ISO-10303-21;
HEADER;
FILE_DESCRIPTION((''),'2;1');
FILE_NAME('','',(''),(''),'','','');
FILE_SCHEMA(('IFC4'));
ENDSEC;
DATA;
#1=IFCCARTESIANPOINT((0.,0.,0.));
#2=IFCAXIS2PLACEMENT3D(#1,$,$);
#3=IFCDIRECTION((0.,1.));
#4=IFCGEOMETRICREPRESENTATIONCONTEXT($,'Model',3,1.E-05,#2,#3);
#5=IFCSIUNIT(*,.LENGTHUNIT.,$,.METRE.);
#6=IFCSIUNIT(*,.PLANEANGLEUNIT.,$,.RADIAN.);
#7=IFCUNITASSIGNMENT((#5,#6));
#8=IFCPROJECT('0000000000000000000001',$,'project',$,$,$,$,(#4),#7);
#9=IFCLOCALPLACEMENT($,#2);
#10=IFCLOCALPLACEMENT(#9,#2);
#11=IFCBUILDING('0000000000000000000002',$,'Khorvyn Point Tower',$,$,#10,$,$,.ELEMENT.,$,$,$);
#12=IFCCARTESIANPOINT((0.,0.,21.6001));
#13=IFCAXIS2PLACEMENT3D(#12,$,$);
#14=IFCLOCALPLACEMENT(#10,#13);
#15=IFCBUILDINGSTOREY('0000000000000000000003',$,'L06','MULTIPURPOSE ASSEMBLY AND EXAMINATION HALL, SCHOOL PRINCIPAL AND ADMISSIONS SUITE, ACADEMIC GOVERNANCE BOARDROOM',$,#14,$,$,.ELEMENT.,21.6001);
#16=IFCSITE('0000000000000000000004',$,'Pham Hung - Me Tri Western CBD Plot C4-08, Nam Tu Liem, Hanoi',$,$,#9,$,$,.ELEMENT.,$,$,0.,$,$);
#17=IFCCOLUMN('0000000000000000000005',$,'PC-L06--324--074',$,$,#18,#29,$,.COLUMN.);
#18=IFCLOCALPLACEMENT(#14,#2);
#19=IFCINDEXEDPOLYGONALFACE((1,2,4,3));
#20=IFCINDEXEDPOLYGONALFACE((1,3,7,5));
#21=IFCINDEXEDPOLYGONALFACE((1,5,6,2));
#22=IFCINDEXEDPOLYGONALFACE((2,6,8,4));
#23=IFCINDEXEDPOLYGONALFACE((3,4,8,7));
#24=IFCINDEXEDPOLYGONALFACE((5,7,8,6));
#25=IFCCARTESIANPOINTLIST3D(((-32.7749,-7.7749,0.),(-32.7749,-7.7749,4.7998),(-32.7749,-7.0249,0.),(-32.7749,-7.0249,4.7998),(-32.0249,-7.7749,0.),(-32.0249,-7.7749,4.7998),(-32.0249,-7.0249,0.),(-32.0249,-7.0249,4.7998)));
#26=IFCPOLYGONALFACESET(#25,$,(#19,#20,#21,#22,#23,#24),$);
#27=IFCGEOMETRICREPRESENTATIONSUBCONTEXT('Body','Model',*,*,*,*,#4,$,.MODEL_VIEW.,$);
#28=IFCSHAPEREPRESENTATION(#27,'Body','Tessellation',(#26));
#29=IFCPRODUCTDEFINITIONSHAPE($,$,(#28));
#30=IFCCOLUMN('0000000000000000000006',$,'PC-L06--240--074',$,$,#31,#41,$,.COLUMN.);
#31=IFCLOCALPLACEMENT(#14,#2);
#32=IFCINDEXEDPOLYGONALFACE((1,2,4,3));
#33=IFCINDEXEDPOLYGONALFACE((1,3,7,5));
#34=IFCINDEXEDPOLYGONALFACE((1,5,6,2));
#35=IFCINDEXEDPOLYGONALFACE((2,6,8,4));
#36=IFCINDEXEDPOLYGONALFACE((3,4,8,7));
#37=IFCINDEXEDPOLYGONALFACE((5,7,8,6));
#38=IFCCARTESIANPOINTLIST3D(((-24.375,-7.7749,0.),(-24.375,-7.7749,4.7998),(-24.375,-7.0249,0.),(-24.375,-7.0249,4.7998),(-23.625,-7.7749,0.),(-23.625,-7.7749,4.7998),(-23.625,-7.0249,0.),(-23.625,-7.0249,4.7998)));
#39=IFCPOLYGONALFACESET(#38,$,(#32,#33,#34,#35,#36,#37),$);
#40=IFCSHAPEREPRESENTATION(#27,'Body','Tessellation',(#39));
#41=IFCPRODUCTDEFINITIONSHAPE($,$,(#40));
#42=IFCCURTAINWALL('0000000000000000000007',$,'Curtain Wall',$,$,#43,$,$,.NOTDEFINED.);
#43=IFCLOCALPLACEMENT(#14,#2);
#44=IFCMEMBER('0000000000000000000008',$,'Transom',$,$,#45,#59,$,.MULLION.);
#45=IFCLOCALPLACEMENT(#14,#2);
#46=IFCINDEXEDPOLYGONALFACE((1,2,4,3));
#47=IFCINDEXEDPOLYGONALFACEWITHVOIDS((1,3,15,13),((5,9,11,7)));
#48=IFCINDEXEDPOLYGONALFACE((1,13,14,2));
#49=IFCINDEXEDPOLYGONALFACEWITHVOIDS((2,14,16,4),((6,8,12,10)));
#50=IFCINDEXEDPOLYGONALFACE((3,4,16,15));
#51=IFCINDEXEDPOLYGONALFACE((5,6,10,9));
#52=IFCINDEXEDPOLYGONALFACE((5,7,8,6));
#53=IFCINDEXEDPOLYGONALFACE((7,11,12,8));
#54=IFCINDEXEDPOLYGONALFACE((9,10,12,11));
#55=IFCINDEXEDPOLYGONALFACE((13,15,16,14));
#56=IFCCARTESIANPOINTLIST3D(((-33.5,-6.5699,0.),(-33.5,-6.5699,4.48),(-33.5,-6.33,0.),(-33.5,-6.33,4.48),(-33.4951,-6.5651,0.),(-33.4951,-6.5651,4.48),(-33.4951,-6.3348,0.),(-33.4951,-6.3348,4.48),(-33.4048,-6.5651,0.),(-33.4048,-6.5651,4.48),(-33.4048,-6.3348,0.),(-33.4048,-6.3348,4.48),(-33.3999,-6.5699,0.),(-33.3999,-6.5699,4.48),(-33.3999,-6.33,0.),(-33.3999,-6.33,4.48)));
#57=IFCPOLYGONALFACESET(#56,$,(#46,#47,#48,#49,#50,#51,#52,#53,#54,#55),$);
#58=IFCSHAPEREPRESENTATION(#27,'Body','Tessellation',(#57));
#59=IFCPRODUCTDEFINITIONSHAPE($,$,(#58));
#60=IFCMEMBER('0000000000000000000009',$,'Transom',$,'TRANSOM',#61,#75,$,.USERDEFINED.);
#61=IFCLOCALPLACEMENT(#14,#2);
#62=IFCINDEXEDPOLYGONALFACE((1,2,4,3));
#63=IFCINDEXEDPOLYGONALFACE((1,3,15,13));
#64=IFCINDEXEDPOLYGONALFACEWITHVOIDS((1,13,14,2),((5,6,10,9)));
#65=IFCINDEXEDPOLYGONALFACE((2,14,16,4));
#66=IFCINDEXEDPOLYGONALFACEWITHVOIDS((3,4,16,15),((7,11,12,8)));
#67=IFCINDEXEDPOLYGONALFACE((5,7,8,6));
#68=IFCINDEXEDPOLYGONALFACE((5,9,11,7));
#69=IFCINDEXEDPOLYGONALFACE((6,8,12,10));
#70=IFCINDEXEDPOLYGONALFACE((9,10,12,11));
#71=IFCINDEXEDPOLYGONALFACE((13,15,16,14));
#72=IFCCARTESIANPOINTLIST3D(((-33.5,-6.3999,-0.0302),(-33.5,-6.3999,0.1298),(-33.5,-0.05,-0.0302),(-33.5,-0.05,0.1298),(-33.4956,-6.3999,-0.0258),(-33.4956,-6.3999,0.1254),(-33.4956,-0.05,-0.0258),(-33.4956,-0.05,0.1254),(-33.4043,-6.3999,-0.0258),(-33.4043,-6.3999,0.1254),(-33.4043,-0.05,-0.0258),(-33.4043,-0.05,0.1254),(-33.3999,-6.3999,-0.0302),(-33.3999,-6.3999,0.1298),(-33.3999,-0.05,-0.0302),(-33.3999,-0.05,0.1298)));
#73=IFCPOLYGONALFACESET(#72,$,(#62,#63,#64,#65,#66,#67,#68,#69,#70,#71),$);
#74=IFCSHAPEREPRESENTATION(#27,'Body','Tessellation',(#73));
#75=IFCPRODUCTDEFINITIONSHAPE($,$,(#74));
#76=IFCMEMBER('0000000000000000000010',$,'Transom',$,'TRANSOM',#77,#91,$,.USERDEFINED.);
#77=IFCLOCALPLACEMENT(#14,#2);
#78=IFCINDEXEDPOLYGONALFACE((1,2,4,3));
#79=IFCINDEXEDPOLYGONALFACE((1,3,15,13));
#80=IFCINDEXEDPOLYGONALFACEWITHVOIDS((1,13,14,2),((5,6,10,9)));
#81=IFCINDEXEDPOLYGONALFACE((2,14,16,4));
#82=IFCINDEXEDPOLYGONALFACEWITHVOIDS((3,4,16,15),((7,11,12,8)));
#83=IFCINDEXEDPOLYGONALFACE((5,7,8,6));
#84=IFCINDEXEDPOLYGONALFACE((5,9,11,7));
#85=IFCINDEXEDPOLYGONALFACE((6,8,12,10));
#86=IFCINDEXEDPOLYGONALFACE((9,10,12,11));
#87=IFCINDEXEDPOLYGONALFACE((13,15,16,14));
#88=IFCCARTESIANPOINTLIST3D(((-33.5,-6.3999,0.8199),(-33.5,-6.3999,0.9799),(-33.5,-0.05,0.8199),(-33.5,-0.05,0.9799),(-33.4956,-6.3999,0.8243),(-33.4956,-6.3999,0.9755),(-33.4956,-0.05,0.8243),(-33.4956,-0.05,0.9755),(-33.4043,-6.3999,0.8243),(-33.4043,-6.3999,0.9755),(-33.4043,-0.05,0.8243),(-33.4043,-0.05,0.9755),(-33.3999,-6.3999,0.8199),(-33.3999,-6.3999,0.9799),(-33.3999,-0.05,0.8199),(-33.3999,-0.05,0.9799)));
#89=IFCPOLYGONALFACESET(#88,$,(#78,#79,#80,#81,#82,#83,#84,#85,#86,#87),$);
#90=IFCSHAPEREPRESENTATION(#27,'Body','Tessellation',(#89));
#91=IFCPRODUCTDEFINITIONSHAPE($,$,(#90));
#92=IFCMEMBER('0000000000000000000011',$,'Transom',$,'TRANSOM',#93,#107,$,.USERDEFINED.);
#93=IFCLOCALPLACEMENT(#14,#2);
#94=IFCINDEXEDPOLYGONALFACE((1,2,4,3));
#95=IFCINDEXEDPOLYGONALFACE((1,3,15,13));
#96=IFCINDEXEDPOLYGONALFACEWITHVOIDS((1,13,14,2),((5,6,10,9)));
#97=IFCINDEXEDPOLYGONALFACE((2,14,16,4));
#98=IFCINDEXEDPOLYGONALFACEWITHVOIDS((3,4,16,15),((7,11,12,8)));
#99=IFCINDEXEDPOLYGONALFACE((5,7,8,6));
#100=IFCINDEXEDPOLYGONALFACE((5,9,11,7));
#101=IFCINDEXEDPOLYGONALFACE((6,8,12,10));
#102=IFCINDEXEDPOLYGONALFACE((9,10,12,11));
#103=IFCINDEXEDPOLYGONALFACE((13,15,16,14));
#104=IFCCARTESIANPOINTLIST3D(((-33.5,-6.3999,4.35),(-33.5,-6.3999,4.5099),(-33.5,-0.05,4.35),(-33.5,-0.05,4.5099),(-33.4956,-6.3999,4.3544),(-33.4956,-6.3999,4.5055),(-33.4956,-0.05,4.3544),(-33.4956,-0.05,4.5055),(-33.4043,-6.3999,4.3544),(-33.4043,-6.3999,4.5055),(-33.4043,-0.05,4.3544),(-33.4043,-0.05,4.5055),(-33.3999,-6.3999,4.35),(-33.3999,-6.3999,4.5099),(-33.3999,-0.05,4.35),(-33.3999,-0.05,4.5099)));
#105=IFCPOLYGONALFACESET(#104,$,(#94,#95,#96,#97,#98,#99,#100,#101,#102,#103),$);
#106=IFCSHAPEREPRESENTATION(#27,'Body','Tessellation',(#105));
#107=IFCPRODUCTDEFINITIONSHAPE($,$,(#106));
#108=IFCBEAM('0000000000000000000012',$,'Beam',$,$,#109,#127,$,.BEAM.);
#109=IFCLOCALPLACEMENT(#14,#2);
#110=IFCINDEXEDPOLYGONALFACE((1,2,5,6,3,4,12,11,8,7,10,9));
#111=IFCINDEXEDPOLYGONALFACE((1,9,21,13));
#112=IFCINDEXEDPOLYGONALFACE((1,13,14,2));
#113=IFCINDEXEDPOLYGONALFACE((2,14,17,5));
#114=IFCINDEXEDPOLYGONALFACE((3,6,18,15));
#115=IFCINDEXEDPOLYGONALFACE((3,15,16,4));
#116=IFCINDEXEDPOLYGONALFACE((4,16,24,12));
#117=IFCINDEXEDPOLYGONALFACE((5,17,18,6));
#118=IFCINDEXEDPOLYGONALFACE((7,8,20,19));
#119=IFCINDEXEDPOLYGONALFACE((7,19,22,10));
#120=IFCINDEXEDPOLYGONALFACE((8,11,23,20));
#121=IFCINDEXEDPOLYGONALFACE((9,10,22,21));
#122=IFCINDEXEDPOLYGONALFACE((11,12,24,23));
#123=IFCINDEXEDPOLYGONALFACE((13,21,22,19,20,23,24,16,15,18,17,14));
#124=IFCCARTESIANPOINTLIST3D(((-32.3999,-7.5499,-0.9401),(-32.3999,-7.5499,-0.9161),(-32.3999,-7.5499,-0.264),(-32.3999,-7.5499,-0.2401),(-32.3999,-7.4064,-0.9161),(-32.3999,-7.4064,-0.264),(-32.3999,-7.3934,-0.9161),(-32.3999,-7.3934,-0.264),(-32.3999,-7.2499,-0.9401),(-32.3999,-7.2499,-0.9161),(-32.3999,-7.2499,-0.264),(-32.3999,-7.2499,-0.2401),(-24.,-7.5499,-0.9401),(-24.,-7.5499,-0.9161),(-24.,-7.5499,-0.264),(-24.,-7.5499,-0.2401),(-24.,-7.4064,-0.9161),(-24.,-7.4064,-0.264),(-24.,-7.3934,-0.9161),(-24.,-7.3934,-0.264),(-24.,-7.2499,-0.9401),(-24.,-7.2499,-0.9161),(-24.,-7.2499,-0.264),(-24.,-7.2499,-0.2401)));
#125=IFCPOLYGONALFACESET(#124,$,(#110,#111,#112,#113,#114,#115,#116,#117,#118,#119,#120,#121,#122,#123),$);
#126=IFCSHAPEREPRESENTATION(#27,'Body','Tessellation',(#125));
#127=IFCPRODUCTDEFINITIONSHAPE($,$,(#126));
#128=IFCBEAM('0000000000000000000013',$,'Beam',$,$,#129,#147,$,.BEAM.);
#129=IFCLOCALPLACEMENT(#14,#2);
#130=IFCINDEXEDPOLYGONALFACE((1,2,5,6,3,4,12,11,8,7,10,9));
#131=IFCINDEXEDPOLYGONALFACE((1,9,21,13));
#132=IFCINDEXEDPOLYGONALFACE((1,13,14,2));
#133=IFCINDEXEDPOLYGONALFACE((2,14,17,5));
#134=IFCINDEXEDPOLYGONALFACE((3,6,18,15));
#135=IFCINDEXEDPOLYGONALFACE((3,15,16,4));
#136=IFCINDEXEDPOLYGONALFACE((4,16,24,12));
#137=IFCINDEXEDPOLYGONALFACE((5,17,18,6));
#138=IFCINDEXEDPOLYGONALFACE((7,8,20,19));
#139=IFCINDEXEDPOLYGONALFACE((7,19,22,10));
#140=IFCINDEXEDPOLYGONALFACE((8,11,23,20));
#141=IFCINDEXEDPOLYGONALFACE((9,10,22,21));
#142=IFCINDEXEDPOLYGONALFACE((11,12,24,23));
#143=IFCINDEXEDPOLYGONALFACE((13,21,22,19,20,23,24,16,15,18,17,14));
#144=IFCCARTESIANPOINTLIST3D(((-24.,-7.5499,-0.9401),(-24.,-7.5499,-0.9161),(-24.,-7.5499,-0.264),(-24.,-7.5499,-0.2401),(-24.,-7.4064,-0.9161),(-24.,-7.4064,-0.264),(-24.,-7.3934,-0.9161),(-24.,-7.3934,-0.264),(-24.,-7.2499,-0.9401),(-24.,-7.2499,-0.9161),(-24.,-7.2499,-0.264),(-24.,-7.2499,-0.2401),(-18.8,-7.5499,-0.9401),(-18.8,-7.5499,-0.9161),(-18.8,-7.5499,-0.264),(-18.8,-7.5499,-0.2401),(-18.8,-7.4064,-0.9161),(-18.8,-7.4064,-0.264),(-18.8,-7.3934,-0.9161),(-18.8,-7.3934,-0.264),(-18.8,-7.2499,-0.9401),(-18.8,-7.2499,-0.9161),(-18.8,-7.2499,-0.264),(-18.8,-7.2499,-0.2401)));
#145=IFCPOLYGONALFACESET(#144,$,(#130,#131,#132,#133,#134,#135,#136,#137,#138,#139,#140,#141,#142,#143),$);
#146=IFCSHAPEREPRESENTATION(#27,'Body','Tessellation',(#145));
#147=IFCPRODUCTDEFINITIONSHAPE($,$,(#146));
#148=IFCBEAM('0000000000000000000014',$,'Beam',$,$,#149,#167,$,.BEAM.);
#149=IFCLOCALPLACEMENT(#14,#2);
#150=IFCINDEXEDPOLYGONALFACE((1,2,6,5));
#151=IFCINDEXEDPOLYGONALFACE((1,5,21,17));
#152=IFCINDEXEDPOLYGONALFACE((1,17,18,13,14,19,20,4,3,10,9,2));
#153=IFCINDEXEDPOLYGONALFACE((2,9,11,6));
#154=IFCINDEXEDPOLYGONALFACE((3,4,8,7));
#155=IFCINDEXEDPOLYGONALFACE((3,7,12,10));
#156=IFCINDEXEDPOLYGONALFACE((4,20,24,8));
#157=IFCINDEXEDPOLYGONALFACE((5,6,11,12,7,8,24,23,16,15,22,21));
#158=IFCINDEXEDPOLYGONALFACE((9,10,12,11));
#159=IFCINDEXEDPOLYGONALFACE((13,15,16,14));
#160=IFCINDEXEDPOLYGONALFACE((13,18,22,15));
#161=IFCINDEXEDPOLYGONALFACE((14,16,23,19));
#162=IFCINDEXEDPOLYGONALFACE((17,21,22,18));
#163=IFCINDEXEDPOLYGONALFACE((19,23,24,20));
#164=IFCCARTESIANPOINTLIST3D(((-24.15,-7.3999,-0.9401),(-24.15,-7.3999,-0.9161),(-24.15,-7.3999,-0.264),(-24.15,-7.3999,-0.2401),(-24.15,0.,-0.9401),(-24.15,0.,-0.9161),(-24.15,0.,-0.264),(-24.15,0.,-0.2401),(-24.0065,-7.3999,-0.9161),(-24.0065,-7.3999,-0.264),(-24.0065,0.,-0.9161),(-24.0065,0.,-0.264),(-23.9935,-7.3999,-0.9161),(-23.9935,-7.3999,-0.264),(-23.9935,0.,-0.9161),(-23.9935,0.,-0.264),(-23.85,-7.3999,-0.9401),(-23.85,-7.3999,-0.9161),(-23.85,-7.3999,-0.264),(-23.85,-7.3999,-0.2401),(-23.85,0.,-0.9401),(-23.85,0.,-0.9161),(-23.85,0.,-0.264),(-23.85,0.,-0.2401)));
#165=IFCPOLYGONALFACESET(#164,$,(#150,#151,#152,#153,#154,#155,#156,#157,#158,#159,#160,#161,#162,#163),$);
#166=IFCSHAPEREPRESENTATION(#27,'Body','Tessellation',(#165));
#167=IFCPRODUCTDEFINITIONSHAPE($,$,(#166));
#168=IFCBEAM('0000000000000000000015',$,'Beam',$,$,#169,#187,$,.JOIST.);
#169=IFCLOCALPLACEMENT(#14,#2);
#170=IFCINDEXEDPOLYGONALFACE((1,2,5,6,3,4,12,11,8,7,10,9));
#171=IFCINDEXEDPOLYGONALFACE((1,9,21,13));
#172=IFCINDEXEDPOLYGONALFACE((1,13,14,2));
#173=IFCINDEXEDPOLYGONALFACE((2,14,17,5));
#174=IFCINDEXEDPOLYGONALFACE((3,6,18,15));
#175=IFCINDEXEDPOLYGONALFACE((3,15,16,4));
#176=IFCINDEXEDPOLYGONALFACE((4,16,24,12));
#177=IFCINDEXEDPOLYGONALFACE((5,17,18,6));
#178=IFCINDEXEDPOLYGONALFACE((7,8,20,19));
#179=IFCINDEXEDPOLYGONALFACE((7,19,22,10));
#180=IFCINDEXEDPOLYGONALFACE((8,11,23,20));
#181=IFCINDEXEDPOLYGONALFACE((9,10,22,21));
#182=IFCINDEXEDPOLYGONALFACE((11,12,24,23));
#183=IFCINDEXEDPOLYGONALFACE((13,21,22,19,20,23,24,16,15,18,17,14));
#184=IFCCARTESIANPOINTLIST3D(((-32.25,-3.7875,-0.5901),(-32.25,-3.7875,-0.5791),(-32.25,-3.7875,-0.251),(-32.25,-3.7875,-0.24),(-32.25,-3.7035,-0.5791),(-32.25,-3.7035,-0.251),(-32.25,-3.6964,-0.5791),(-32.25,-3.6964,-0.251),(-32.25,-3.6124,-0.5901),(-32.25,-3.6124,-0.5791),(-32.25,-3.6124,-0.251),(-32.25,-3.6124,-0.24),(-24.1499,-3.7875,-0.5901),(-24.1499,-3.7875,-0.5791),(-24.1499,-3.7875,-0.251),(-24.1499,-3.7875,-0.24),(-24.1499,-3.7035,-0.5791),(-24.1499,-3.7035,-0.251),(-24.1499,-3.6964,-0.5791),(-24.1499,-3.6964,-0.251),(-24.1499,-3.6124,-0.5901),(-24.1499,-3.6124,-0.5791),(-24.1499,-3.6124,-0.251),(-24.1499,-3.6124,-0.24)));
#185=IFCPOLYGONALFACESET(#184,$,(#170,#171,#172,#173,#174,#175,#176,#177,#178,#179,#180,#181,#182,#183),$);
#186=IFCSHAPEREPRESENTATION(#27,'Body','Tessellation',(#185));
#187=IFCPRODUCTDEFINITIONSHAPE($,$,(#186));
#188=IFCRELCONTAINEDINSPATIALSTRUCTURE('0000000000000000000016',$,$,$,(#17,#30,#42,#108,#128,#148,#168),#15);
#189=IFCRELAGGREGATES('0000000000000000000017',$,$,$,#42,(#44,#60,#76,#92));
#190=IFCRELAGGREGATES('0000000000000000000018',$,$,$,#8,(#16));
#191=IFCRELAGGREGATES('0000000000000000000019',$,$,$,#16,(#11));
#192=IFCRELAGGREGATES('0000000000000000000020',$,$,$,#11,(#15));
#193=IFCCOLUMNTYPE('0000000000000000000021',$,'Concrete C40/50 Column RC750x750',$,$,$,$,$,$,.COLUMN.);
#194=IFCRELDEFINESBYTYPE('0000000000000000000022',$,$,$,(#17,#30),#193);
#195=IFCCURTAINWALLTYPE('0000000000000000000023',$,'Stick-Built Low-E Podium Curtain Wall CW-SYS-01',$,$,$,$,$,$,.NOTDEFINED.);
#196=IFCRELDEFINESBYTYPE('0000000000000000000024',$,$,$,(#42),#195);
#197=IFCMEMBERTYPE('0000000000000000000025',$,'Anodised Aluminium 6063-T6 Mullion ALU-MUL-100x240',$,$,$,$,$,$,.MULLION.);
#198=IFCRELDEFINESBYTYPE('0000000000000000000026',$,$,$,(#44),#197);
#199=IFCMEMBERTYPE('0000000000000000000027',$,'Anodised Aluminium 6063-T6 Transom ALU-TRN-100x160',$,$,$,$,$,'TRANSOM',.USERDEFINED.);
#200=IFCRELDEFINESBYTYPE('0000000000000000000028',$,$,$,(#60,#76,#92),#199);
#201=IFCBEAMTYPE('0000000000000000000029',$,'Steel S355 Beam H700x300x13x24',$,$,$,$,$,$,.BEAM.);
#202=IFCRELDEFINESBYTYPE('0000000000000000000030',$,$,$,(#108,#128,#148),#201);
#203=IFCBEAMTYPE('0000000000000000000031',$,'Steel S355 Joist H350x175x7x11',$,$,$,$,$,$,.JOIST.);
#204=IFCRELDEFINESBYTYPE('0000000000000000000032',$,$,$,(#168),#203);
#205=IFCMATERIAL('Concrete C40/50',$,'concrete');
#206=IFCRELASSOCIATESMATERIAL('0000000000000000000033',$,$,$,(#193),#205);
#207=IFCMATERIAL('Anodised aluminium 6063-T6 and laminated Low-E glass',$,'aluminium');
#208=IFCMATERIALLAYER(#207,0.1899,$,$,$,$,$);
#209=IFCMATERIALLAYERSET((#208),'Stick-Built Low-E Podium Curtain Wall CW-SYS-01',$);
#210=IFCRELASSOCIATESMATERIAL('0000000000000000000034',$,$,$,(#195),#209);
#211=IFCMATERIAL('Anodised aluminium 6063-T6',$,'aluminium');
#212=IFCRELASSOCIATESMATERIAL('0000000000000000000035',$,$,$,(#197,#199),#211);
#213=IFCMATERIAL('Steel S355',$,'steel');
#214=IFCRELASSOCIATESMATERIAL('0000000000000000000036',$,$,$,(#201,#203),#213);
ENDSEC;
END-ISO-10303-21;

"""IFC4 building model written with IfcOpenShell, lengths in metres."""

from ifc_helpers import new_model, si_unit, direction, frame, origin, origin_2d, place, context, subcontext, project, spatial, rectangle, hollow_rectangle, i_section, extrude, material, layer, layer_set, material_profile, profile_set, type_object, element, aggregate, save


model = new_model("IFC4")

# Units and contexts
model_context = context("Model", 3, precision=1e-05, world=origin(), true_north=direction((0.0, 1.0)))
body_context = subcontext(model_context, "Body", "Model", "MODEL_VIEW")
ifc_project = project(units=[si_unit("LENGTHUNIT", "METRE"), si_unit("PLANEANGLEUNIT", "RADIAN")], contexts=[model_context])

# Site, building, storey
site_placement = place(None, origin())
site = spatial("IfcSite", under=ifc_project, at=site_placement, Name="Pham Hung - Me Tri Western CBD Plot C4-08, Nam Tu Liem, Hanoi", CompositionType="ELEMENT", RefElevation=0.0)
building_placement = place(site_placement, origin())
building = spatial("IfcBuilding", under=site, at=building_placement, Name="Khorvyn Point Tower", CompositionType="ELEMENT")
storey_placement = place(building_placement, frame((0.0, 0.0, 21.6001)))
storey = spatial("IfcBuildingStorey", under=building, at=storey_placement, Name="L06", Description="MULTIPURPOSE ASSEMBLY AND EXAMINATION HALL, SCHOOL PRINCIPAL AND ADMISSIONS SUITE, ACADEMIC GOVERNANCE BOARDROOM", CompositionType="ELEMENT", Elevation=21.6001)

# Columns
ifc_material_1 = material(Name="Concrete C40/50", Category="concrete")
ifc_material_profile_1 = material_profile(ifc_material_1, rectangle(XDim=0.75, YDim=0.75, at=origin_2d()))
ifc_profile_set_1 = profile_set([ifc_material_profile_1], Name="Concrete C40/50 RC750x750")
column_type = type_object("IfcColumnType", Name="Concrete C40/50 Column RC750x750", PredefinedType="COLUMN", material=ifc_profile_set_1)
for number, where, z_axis, x_axis, name in (
    (1, (-32.3999, -7.3999, 0.0), (0.0, 0.0, 1.0), (1.0, 0.0, 0.0), "PC-L06--324--074"),
    (2, (-24.0, -7.3999, 0.0), (0.0, 0.0, 1.0), (1.0, 0.0, 0.0), "PC-L06--240--074"),
):
    element("IfcColumn", number, at=place(storey_placement, frame(where, z_axis=z_axis, x_axis=x_axis)), inside=storey, type_object=column_type, Name=name, PredefinedType="COLUMN", context=body_context, shape_type="SweptSolid", body=[
        extrude(rectangle(XDim=0.75, YDim=0.75, at=origin_2d()), origin(), (0.0, 0.0, 1.0), 4.7998),
    ])

# Curtain wall, members
ifc_material_2 = material(Name="Anodised aluminium 6063-T6 and laminated Low-E glass", Category="aluminium")
ifc_layer_1 = layer(ifc_material_2, 0.1899)
ifc_layer_set_1 = layer_set([ifc_layer_1], Name="Stick-Built Low-E Podium Curtain Wall CW-SYS-01")
curtain_wall_type = type_object("IfcCurtainWallType", Name="Stick-Built Low-E Podium Curtain Wall CW-SYS-01", PredefinedType="NOTDEFINED", material=ifc_layer_set_1)
curtain_wall_placement = place(storey_placement, origin())
curtain_wall = element("IfcCurtainWall", 3, at=curtain_wall_placement, inside=storey, type_object=curtain_wall_type, Name="Curtain Wall", PredefinedType="NOTDEFINED")
ifc_material_3 = material(Name="Anodised aluminium 6063-T6", Category="aluminium")
ifc_material_profile_2 = material_profile(ifc_material_3, hollow_rectangle(XDim=0.1001, YDim=0.24, WallThickness=0.0049, at=origin_2d()))
ifc_profile_set_2 = profile_set([ifc_material_profile_2], Name="Anodised aluminium 6063-T6 ALU-MUL-100x240")
member_type_1 = type_object("IfcMemberType", Name="Anodised Aluminium 6063-T6 Mullion ALU-MUL-100x240", PredefinedType="MULLION", material=ifc_profile_set_2)
member_1_placement = place(storey_placement, frame((-33.45, -6.45, 0.0), z_axis=(0.0, 0.0, 1.0), x_axis=(-1.0, 0.0, 0.0)))
member_1 = element("IfcMember", 4, at=member_1_placement, type_object=member_type_1, Name="Transom", PredefinedType="MULLION", context=body_context, shape_type="SweptSolid", body=[
    extrude(hollow_rectangle(XDim=0.1001, YDim=0.24, WallThickness=0.0049, at=origin_2d()), origin(), (0.0, 0.0, 1.0), 4.48),
])
ifc_material_profile_3 = material_profile(ifc_material_3, hollow_rectangle(XDim=0.1001, YDim=0.1599, WallThickness=0.0044, at=origin_2d()))
ifc_profile_set_3 = profile_set([ifc_material_profile_3], Name="Anodised aluminium 6063-T6 ALU-TRN-100x160")
member_type_2 = type_object("IfcMemberType", Name="Anodised Aluminium 6063-T6 Transom ALU-TRN-100x160", ElementType="TRANSOM", PredefinedType="USERDEFINED", material=ifc_profile_set_3)
member_2_placement = place(storey_placement, frame((-33.45, -6.3999, 0.0498), z_axis=(0.0, 1.0, 0.0), x_axis=(-1.0, 0.0, 0.0)))
member_2 = element("IfcMember", 5, at=member_2_placement, type_object=member_type_2, Name="Transom", ObjectType="TRANSOM", PredefinedType="USERDEFINED", context=body_context, shape_type="SweptSolid", body=[
    extrude(hollow_rectangle(XDim=0.1001, YDim=0.1599, WallThickness=0.0044, at=origin_2d()), origin(), (0.0, 0.0, 1.0), 6.3499),
])
member_3_placement = place(storey_placement, frame((-33.45, -6.3999, 0.8999), z_axis=(0.0, 1.0, 0.0), x_axis=(-1.0, 0.0, 0.0)))
member_3 = element("IfcMember", 6, at=member_3_placement, type_object=member_type_2, Name="Transom", ObjectType="TRANSOM", PredefinedType="USERDEFINED", context=body_context, shape_type="SweptSolid", body=[
    extrude(hollow_rectangle(XDim=0.1001, YDim=0.1599, WallThickness=0.0044, at=origin_2d()), origin(), (0.0, 0.0, 1.0), 6.3499),
])
member_4_placement = place(storey_placement, frame((-33.45, -6.3999, 4.4299), z_axis=(0.0, 1.0, 0.0), x_axis=(-1.0, 0.0, 0.0)))
member_4 = element("IfcMember", 7, at=member_4_placement, type_object=member_type_2, Name="Transom", ObjectType="TRANSOM", PredefinedType="USERDEFINED", context=body_context, shape_type="SweptSolid", body=[
    extrude(hollow_rectangle(XDim=0.1001, YDim=0.1599, WallThickness=0.0044, at=origin_2d()), origin(), (0.0, 0.0, 1.0), 6.3499),
])

# Beams
ifc_material_4 = material(Name="Steel S355", Category="steel")
ifc_material_profile_4 = material_profile(ifc_material_4, i_section(OverallWidth=0.3, OverallDepth=0.7, WebThickness=0.0129, FlangeThickness=0.0239, at=origin_2d()))
ifc_profile_set_4 = profile_set([ifc_material_profile_4], Name="Steel S355 H700x300x13x24")
beam_type_1 = type_object("IfcBeamType", Name="Steel S355 Beam H700x300x13x24", PredefinedType="BEAM", material=ifc_profile_set_4)
beam_1_placement = place(storey_placement, frame((-32.3999, -7.3999, -0.5901), z_axis=(1.0, 0.0, 0.0), x_axis=(0.0, 1.0, 0.0)))
element("IfcBeam", 8, at=beam_1_placement, inside=storey, type_object=beam_type_1, Name="Beam", PredefinedType="BEAM", context=body_context, shape_type="SweptSolid", body=[
    extrude(i_section(OverallWidth=0.3, OverallDepth=0.7, WebThickness=0.0129, FlangeThickness=0.0239, at=origin_2d()), origin(), (0.0, 0.0, 1.0), 8.3999),
])
beam_2_placement = place(storey_placement, frame((-24.0, -7.3999, -0.5901), z_axis=(1.0, 0.0, 0.0), x_axis=(0.0, 1.0, 0.0)))
element("IfcBeam", 9, at=beam_2_placement, inside=storey, type_object=beam_type_1, Name="Beam", PredefinedType="BEAM", context=body_context, shape_type="SweptSolid", body=[
    extrude(i_section(OverallWidth=0.3, OverallDepth=0.7, WebThickness=0.0129, FlangeThickness=0.0239, at=origin_2d()), origin(), (0.0, 0.0, 1.0), 5.2),
])
beam_3_placement = place(storey_placement, frame((-24.0, -7.3999, -0.5901), z_axis=(0.0, 1.0, 0.0), x_axis=(-1.0, 0.0, 0.0)))
element("IfcBeam", 10, at=beam_3_placement, inside=storey, type_object=beam_type_1, Name="Beam", PredefinedType="BEAM", context=body_context, shape_type="SweptSolid", body=[
    extrude(i_section(OverallWidth=0.3, OverallDepth=0.7, WebThickness=0.0129, FlangeThickness=0.0239, at=origin_2d()), origin(), (0.0, 0.0, 1.0), 7.3999),
])
ifc_material_profile_5 = material_profile(ifc_material_4, i_section(OverallWidth=0.175, OverallDepth=0.3501, WebThickness=0.0071, FlangeThickness=0.011, at=origin_2d()))
ifc_profile_set_5 = profile_set([ifc_material_profile_5], Name="Steel S355 H350x175x7x11")
beam_type_2 = type_object("IfcBeamType", Name="Steel S355 Joist H350x175x7x11", PredefinedType="JOIST", material=ifc_profile_set_5)
beam_4_placement = place(storey_placement, frame((-32.25, -3.7, -0.415), z_axis=(1.0, 0.0, 0.0), x_axis=(0.0, 1.0, 0.0)))
element("IfcBeam", 11, at=beam_4_placement, inside=storey, type_object=beam_type_2, Name="Beam", PredefinedType="JOIST", context=body_context, shape_type="SweptSolid", body=[
    extrude(i_section(OverallWidth=0.175, OverallDepth=0.3501, WebThickness=0.0071, FlangeThickness=0.011, at=origin_2d()), origin(), (0.0, 0.0, 1.0), 8.1001),
])

aggregate(curtain_wall, [member_1, member_2, member_3, member_4])

save(model, "model.ifc")
